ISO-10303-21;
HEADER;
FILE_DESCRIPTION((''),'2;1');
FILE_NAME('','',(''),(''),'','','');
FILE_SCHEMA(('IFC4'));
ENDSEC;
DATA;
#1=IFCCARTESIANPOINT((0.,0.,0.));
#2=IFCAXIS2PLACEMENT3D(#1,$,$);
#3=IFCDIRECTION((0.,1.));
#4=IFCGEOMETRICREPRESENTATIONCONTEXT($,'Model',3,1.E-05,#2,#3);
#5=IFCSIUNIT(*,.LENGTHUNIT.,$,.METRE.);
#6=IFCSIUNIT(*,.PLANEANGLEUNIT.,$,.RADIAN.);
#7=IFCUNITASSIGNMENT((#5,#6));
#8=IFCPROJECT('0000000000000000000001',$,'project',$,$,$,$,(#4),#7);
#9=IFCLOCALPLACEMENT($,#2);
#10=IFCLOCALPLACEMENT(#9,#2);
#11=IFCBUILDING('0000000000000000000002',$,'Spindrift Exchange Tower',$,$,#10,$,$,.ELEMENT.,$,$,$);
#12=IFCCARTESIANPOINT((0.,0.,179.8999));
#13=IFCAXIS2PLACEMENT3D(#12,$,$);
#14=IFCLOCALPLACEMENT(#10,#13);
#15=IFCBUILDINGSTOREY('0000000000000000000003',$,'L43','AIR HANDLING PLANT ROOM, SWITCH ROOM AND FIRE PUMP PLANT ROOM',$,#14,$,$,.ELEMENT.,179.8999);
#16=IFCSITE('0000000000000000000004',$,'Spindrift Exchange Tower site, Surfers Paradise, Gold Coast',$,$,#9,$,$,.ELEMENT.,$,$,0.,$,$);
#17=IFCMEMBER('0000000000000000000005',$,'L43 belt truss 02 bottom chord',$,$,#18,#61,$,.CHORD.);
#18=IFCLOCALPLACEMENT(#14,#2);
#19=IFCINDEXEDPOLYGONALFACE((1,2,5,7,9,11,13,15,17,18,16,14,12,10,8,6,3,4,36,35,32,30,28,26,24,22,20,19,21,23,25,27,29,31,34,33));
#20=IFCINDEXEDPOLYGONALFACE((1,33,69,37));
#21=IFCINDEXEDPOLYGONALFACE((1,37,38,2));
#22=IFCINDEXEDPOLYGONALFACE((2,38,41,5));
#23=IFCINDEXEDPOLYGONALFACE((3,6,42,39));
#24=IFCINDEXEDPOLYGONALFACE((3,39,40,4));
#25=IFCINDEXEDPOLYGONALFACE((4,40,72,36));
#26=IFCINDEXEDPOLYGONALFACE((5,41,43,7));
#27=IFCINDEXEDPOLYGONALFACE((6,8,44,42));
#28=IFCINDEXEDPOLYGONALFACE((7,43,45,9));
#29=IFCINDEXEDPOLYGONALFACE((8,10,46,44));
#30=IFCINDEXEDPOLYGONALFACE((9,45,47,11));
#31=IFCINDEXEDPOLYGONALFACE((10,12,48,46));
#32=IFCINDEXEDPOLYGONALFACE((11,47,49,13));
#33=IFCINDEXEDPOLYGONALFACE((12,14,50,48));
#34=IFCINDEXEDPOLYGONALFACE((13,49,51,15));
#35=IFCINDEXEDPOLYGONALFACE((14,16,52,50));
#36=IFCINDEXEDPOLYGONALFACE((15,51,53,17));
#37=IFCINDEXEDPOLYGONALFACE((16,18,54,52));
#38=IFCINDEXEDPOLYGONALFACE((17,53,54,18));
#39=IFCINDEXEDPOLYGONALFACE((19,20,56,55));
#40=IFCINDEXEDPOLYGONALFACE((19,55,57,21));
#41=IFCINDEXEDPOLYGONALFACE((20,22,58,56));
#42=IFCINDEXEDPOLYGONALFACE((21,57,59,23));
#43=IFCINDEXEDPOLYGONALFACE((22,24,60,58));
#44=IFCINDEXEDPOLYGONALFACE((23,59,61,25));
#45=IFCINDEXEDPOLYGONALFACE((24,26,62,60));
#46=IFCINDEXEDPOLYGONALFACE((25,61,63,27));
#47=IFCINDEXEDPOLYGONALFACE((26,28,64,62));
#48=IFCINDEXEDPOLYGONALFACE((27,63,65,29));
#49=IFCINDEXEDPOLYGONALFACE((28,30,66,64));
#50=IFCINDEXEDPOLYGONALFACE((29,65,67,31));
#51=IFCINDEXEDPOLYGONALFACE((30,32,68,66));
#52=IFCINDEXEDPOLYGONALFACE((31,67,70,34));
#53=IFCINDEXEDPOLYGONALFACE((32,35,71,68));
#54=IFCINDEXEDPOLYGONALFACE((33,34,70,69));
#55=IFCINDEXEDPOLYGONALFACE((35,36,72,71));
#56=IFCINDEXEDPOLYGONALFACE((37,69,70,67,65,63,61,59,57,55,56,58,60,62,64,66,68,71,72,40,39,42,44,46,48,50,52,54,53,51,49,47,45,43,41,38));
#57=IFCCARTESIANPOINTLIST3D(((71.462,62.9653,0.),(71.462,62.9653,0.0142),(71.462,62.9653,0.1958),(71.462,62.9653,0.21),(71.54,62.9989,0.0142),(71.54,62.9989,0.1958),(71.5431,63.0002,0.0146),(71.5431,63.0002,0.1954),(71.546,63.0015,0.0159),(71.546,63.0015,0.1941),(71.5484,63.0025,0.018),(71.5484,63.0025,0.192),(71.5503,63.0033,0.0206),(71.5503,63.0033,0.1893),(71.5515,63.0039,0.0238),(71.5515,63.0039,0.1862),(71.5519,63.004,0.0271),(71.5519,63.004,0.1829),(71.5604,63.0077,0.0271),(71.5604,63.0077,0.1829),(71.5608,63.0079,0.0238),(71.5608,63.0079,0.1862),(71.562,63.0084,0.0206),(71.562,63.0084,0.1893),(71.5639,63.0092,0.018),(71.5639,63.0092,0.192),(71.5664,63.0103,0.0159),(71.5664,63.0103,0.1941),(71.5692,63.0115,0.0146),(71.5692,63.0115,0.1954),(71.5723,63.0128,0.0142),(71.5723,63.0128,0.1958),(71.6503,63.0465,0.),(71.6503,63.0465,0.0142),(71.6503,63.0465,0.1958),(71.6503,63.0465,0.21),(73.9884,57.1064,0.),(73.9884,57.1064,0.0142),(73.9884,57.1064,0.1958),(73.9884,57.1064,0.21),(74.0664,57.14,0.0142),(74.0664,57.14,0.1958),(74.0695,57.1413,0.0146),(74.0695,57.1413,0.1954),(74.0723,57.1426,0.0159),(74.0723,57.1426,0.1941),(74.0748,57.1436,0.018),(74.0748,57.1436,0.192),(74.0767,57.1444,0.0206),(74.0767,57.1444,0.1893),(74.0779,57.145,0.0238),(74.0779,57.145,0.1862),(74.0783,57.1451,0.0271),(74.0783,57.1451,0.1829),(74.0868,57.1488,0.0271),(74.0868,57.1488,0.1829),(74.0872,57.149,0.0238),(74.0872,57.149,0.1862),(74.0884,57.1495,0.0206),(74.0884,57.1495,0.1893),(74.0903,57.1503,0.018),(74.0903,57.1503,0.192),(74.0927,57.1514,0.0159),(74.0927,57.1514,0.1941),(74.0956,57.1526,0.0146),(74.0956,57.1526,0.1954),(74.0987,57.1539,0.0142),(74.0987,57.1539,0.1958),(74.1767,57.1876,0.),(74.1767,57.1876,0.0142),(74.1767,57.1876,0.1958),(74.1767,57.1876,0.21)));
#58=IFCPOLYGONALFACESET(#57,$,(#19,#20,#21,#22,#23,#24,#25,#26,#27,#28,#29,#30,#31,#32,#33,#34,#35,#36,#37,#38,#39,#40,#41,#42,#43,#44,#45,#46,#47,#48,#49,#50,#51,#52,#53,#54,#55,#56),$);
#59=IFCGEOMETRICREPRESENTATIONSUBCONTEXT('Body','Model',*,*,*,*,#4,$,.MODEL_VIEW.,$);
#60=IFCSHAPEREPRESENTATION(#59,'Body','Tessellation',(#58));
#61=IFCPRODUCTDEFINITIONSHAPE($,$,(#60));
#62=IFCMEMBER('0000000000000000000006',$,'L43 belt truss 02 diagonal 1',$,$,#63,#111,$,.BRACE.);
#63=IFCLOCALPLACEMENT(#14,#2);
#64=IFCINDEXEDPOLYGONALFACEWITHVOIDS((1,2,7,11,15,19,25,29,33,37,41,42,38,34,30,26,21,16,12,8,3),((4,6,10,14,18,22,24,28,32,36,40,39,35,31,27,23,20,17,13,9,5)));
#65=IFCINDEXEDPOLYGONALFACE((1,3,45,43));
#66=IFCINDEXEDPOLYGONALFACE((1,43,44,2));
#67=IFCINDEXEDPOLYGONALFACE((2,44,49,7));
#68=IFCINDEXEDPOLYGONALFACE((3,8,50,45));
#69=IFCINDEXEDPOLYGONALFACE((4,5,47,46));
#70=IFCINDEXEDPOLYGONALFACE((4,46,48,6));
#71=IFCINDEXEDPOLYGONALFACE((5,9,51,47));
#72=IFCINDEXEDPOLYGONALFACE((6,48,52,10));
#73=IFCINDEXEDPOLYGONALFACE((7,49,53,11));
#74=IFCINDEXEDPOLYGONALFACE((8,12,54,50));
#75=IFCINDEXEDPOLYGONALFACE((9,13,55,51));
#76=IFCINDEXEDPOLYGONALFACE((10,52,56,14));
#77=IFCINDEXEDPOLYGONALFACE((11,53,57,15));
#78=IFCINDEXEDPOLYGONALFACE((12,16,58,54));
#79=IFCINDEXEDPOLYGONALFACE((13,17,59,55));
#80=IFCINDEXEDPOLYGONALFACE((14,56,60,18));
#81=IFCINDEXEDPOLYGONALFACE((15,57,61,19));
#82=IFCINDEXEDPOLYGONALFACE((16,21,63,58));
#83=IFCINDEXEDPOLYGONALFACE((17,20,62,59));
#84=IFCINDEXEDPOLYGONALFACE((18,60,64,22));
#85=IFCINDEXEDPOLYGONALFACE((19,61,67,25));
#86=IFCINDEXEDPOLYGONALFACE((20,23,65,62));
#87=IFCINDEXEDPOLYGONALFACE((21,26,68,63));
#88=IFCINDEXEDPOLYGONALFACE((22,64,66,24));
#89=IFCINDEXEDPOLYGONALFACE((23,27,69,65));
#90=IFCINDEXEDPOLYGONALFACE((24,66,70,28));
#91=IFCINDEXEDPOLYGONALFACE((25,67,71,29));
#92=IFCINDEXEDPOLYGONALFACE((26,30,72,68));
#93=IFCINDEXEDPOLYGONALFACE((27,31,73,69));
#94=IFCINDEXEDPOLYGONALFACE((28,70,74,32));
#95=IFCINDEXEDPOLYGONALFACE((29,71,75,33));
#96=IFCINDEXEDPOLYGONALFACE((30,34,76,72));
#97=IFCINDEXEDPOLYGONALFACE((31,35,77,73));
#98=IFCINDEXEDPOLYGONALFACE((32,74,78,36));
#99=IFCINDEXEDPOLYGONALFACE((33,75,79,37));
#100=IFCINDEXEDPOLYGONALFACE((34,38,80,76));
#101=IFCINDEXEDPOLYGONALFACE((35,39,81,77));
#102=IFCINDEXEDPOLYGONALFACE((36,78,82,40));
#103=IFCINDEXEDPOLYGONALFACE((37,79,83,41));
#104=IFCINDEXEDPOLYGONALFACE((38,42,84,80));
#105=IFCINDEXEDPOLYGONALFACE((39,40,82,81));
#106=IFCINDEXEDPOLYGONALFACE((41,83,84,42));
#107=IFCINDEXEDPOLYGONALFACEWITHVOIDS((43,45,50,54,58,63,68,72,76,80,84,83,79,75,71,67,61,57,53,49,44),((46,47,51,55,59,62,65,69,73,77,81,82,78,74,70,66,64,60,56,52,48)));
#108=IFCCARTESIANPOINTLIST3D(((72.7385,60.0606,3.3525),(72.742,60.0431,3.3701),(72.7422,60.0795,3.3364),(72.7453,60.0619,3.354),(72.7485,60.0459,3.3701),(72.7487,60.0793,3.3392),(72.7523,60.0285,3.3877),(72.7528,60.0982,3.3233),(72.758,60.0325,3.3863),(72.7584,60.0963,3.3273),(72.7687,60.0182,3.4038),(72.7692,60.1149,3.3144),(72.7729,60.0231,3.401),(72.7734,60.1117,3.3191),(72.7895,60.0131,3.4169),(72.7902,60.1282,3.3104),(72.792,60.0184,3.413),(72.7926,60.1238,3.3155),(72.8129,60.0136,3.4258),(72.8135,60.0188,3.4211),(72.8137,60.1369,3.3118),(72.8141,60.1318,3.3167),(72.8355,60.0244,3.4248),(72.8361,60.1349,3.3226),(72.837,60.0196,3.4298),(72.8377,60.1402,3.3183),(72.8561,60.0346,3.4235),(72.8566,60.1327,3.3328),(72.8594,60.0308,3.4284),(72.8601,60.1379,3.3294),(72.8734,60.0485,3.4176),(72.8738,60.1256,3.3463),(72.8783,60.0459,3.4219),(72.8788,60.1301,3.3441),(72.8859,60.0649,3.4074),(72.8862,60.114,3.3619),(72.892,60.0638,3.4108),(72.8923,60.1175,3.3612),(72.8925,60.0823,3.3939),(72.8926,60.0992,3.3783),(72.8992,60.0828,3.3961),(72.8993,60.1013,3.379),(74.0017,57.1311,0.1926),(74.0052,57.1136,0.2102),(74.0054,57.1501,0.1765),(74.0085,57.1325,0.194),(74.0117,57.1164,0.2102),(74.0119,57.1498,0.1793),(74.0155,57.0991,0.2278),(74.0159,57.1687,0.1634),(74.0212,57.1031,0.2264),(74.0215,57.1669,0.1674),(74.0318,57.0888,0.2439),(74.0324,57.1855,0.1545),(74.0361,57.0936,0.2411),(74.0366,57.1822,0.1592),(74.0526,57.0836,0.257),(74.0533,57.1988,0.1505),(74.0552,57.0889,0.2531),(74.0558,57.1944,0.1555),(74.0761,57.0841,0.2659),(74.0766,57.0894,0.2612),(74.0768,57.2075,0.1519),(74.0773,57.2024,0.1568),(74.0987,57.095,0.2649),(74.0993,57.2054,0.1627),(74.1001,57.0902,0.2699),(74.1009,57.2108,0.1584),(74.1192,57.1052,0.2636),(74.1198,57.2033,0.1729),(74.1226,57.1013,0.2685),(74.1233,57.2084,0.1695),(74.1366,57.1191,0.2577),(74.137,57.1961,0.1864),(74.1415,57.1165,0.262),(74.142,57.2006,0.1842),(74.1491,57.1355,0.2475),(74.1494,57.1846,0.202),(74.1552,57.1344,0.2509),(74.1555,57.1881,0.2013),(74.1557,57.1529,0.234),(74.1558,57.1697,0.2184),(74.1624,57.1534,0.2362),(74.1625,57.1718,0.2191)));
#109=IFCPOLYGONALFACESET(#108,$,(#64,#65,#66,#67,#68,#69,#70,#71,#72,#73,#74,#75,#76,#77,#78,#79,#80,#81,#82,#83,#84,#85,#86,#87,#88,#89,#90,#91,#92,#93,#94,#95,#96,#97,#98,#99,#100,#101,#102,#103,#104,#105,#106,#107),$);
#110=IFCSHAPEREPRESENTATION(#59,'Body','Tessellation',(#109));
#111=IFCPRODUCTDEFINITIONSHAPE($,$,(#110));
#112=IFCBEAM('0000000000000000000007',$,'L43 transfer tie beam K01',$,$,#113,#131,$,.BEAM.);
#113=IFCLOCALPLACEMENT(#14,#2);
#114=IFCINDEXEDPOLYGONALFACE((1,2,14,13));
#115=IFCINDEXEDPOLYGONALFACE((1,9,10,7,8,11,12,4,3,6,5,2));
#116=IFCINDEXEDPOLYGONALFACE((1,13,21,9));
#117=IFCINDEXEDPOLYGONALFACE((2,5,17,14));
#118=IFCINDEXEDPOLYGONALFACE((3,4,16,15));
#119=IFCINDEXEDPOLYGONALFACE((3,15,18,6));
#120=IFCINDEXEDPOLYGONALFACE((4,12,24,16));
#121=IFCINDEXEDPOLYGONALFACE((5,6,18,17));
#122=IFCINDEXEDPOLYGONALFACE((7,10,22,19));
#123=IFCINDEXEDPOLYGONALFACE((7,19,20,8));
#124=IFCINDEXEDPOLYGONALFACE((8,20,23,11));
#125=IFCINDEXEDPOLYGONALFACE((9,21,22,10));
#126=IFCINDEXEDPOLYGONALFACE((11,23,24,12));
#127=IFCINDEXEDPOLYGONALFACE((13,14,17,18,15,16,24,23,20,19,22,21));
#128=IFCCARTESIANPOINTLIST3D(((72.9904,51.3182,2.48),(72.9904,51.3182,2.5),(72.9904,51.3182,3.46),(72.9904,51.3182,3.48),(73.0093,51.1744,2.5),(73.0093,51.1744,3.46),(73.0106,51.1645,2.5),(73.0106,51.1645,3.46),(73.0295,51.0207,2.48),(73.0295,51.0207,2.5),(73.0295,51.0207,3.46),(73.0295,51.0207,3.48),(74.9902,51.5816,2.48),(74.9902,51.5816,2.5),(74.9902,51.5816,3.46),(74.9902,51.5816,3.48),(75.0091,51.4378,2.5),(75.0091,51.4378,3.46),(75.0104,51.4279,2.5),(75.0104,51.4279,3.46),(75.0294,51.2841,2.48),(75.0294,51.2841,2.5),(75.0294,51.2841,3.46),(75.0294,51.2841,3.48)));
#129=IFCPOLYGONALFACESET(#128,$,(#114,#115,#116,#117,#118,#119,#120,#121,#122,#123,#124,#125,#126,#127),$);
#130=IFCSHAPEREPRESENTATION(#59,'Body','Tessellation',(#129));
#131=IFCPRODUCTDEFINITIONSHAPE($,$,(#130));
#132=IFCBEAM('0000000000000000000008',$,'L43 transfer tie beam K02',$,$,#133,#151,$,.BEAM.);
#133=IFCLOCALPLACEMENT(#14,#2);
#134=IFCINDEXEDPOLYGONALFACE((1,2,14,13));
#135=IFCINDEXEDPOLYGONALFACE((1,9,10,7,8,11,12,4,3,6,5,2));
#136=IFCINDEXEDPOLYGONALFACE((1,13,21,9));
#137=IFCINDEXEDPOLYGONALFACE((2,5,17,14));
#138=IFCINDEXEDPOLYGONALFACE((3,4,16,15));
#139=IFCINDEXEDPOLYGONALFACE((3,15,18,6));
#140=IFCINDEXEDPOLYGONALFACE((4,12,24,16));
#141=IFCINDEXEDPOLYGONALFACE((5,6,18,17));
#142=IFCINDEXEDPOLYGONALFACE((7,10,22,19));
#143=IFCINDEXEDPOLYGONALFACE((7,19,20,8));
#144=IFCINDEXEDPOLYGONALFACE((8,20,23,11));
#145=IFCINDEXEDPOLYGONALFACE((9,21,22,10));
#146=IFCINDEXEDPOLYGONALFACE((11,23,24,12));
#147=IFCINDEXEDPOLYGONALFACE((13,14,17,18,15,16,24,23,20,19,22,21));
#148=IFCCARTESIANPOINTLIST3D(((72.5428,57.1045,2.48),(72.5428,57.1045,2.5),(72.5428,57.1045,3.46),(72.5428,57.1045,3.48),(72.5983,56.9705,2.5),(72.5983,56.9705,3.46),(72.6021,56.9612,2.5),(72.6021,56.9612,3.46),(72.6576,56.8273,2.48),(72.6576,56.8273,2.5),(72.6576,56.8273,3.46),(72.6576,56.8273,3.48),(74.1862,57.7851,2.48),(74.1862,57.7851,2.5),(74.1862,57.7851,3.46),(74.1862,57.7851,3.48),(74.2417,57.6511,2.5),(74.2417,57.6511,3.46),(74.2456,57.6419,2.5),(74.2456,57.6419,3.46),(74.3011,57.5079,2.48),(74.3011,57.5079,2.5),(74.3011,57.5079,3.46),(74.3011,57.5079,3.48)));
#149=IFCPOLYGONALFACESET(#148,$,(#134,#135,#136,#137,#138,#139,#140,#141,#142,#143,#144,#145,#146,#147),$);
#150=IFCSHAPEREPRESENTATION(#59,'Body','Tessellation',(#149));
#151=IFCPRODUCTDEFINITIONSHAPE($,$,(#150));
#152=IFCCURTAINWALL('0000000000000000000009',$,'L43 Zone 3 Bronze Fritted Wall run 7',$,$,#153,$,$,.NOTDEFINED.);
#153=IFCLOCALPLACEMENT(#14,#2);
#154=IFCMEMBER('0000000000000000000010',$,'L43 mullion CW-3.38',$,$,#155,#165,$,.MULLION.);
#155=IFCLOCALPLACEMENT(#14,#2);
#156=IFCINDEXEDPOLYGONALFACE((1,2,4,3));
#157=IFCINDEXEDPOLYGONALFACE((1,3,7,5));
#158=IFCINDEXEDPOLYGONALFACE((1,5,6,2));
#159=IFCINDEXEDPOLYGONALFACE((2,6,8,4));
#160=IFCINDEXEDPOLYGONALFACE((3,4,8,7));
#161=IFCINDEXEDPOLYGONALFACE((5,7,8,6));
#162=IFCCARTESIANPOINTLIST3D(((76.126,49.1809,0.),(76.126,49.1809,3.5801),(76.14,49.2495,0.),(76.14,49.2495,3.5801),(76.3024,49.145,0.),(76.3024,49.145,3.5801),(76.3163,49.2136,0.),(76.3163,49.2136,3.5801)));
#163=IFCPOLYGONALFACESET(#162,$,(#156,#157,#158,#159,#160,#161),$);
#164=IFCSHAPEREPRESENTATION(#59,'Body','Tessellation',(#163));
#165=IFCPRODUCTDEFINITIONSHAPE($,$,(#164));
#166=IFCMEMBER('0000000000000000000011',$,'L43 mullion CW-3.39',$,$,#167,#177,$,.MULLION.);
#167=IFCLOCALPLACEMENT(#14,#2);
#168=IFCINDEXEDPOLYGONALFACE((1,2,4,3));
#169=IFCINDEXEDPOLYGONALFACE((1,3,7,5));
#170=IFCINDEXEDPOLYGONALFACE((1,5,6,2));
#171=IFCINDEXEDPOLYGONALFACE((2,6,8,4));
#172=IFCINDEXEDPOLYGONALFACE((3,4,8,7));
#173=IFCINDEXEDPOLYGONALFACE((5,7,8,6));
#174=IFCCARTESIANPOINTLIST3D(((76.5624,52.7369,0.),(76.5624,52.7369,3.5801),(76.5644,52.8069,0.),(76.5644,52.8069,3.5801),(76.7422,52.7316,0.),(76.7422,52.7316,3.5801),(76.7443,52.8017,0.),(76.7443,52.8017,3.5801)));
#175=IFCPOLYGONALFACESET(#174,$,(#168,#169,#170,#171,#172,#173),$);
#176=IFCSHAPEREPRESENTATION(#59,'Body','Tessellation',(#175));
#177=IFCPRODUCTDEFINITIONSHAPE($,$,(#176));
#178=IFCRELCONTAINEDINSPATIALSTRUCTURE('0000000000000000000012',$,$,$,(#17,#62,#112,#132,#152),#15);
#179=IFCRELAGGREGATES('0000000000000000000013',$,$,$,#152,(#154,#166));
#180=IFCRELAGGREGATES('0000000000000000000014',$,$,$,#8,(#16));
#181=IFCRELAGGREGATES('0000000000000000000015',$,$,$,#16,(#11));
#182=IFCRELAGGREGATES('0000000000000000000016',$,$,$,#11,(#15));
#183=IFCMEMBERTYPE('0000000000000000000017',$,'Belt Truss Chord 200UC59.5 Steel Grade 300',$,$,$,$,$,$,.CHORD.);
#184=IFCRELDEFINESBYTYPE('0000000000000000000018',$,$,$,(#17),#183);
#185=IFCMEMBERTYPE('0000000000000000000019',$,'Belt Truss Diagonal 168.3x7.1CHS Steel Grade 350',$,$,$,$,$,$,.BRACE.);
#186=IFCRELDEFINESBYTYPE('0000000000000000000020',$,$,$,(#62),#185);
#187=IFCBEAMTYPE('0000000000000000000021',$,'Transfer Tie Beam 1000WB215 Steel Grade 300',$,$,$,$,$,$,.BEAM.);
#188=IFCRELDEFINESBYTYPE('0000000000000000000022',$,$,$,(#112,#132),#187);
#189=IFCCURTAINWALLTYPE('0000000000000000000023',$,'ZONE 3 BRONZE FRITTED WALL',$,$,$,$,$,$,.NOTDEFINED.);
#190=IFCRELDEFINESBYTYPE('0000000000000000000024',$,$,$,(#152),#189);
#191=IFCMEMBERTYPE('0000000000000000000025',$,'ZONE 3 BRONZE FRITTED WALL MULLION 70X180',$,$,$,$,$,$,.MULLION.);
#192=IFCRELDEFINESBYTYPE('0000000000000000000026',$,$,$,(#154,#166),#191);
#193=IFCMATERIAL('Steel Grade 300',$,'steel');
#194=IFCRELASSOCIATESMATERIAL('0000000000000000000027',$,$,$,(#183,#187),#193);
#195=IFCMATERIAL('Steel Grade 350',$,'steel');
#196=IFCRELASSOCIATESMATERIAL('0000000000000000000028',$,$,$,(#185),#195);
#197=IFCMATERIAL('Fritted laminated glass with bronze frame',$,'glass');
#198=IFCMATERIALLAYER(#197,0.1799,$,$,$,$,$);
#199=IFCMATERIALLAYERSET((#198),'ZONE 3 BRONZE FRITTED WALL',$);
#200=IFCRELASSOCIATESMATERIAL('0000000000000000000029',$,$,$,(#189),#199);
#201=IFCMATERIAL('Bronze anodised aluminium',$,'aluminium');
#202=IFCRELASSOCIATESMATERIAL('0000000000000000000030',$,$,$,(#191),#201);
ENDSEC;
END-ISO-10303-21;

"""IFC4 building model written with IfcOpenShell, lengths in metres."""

from ifc_helpers import new_model, si_unit, direction, frame, origin, origin_2d, place, context, subcontext, project, spatial, rectangle, hollow_circle, i_section, extrude, source, transform, mapped, material, layer, layer_set, material_profile, profile_set, type_object, element, aggregate, save


model = new_model("IFC4")

# Units and contexts
model_context = context("Model", 3, precision=1e-05, world=origin(), true_north=direction((0.0, 1.0)))
body_context = subcontext(model_context, "Body", "Model", "MODEL_VIEW")
ifc_project = project(units=[si_unit("LENGTHUNIT", "METRE"), si_unit("PLANEANGLEUNIT", "RADIAN")], contexts=[model_context])

# Site, building, storey
site_placement = place(None, origin())
site = spatial("IfcSite", under=ifc_project, at=site_placement, Name="Spindrift Exchange Tower site, Surfers Paradise, Gold Coast", CompositionType="ELEMENT", RefElevation=0.0)
building_placement = place(site_placement, origin())
building = spatial("IfcBuilding", under=site, at=building_placement, Name="Spindrift Exchange Tower", CompositionType="ELEMENT")
storey_placement = place(building_placement, frame((0.0, 0.0, 179.8999)))
storey = spatial("IfcBuildingStorey", under=building, at=storey_placement, Name="L43", Description="AIR HANDLING PLANT ROOM, SWITCH ROOM AND FIRE PUMP PLANT ROOM", CompositionType="ELEMENT", Elevation=179.8999)

# Shared definitions
ifc_material_1 = material(Name="Steel Grade 300", Category="steel")

# Members
ifc_material_profile_1 = material_profile(ifc_material_1, i_section(OverallWidth=0.2051, OverallDepth=0.21, WebThickness=0.0093, FlangeThickness=0.0142, FilletRadius=0.0129, at=origin_2d()), Name="200UC59.5")
ifc_profile_set_1 = profile_set([ifc_material_profile_1], Name="Steel Grade 300")
member_type_1 = type_object("IfcMemberType", Name="Belt Truss Chord 200UC59.5 Steel Grade 300", PredefinedType="CHORD", material=ifc_profile_set_1)
ifc_material_2 = material(Name="Steel Grade 350", Category="steel")
ifc_material_profile_2 = material_profile(ifc_material_2, hollow_circle(Radius=0.0842, WallThickness=0.0071, at=origin_2d()), Name="168.3x7.1CHS")
ifc_profile_set_2 = profile_set([ifc_material_profile_2], Name="Steel Grade 350")
member_type_2 = type_object("IfcMemberType", Name="Belt Truss Diagonal 168.3x7.1CHS Steel Grade 350", PredefinedType="BRACE", material=ifc_profile_set_2)
shared_shape_1 = source(origin(), body_context, "Body", "SweptSolid", [
    extrude(i_section(OverallWidth=0.2051, OverallDepth=0.21, WebThickness=0.0093, FlangeThickness=0.0142, FilletRadius=0.0129, at=origin_2d()), origin(), (0.0, 0.0, 1.0), 6.3804),
])
for number, where, z_axis, x_axis, name in (
    (1, (74.0825, 57.147, 0.105), (-0.39596, 0.918268, 0.0), (-0.918268, -0.39596, 0.0), "L43 belt truss 02 bottom chord"),
):
    element("IfcMember", number, at=place(storey_placement, frame(where, z_axis=z_axis, x_axis=x_axis)), inside=storey, type_object=member_type_1, Name=name, PredefinedType="CHORD", context=body_context, shape_type="MappedRepresentation", body=[
        mapped(shared_shape_1, transform((0.0, 0.0, 0.0), scale=1.0)),
    ])
shared_shape_2 = source(origin(), body_context, "Body", "SweptSolid", [
    extrude(hollow_circle(Radius=0.0842, WallThickness=0.0071, at=origin_2d()), origin(), (0.0, 0.0, 1.0), 4.4902),
])
member_1_placement = place(storey_placement, frame((74.0825, 57.147, 0.2102), z_axis=(-0.281317, 0.652401, 0.703728), x_axis=(-0.918268, -0.39596, 0.0)))
element("IfcMember", 2, at=member_1_placement, inside=storey, type_object=member_type_2, Name="L43 belt truss 02 diagonal 1", PredefinedType="BRACE", context=body_context, shape_type="MappedRepresentation", body=[
    mapped(shared_shape_2, transform((0.0, 0.0, 0.0), scale=1.0)),
])

# Beams
ifc_material_profile_3 = material_profile(ifc_material_1, i_section(OverallWidth=0.3, OverallDepth=1.0, WebThickness=0.01, FlangeThickness=0.02, at=origin_2d()), Name="1000WB215")
ifc_profile_set_3 = profile_set([ifc_material_profile_3], Name="Steel Grade 300")
beam_type_1 = type_object("IfcBeamType", Name="Transfer Tie Beam 1000WB215 Steel Grade 300", PredefinedType="BEAM", material=ifc_profile_set_3)
shared_shape_3 = source(origin(), body_context, "Body", "SweptSolid", [
    extrude(i_section(OverallWidth=0.3, OverallDepth=1.0, WebThickness=0.01, FlangeThickness=0.02, at=origin_2d()), origin(), (0.0, 0.0, 1.0), 2.0171),
])
beam_1_placement = place(storey_placement, frame((75.0098, 51.4329, 2.98), z_axis=(-0.991435, -0.130602, 0.0), x_axis=(0.130602, -0.991435, 0.0)))
element("IfcBeam", 3, at=beam_1_placement, inside=storey, type_object=beam_type_1, Name="L43 transfer tie beam K01", PredefinedType="BEAM", context=body_context, shape_type="MappedRepresentation", body=[
    mapped(shared_shape_3, transform((0.0, 0.0, 0.0), scale=1.0)),
])
shared_shape_4 = source(origin(), body_context, "Body", "SweptSolid", [
    extrude(i_section(OverallWidth=0.3, OverallDepth=1.0, WebThickness=0.01, FlangeThickness=0.02, at=origin_2d()), origin(), (0.0, 0.0, 1.0), 1.7788),
])
beam_2_placement = place(storey_placement, frame((74.2437, 57.6465, 2.98), z_axis=(-0.923903, -0.382627, 0.0), x_axis=(0.382627, -0.923903, 0.0)))
element("IfcBeam", 4, at=beam_2_placement, inside=storey, type_object=beam_type_1, Name="L43 transfer tie beam K02", PredefinedType="BEAM", context=body_context, shape_type="MappedRepresentation", body=[
    mapped(shared_shape_4, transform((0.0, 0.0, 0.0), scale=1.0)),
])

# Curtain wall, members
ifc_material_3 = material(Name="Fritted laminated glass with bronze frame", Category="glass")
ifc_layer_1 = layer(ifc_material_3, 0.1799)
ifc_layer_set_1 = layer_set([ifc_layer_1], Name="ZONE 3 BRONZE FRITTED WALL")
curtain_wall_type = type_object("IfcCurtainWallType", Name="ZONE 3 BRONZE FRITTED WALL", PredefinedType="NOTDEFINED", material=ifc_layer_set_1)
curtain_wall_placement = place(storey_placement, origin())
curtain_wall = element("IfcCurtainWall", 5, at=curtain_wall_placement, inside=storey, type_object=curtain_wall_type, Name="L43 Zone 3 Bronze Fritted Wall run 7", PredefinedType="NOTDEFINED")
ifc_material_4 = material(Name="Bronze anodised aluminium", Category="aluminium")
ifc_material_profile_4 = material_profile(ifc_material_4, rectangle(XDim=0.0701, YDim=0.1799, at=origin_2d()), Name="ZONE 3 BRONZE FRITTED WALL MULLION 70X180")
ifc_profile_set_4 = profile_set([ifc_material_profile_4], Name="Bronze anodised aluminium")
member_type_3 = type_object("IfcMemberType", Name="ZONE 3 BRONZE FRITTED WALL MULLION 70X180", PredefinedType="MULLION", material=ifc_profile_set_4)
shared_shape_5 = source(origin(), body_context, "Body", "SweptSolid", [
    extrude(rectangle(XDim=0.0701, YDim=0.1799, at=origin_2d()), origin(), (0.0, 0.0, 1.0), 3.5801),
])
member_2_placement = place(storey_placement, frame((76.2212, 49.1973, 0.0), z_axis=(0.0, 0.0, 1.0), x_axis=(0.199487, 0.979901, 0.0)))
member_2 = element("IfcMember", 6, at=member_2_placement, type_object=member_type_3, Name="L43 mullion CW-3.38", PredefinedType="MULLION", context=body_context, shape_type="MappedRepresentation", body=[
    mapped(shared_shape_5, transform((0.0, 0.0, 0.0), scale=1.0)),
])
member_3_placement = place(storey_placement, frame((76.6533, 52.7693, 0.0), z_axis=(0.0, 0.0, 1.0), x_axis=(0.029195, 0.999574, 0.0)))
member_3 = element("IfcMember", 7, at=member_3_placement, type_object=member_type_3, Name="L43 mullion CW-3.39", PredefinedType="MULLION", context=body_context, shape_type="MappedRepresentation", body=[
    mapped(shared_shape_5, transform((0.0, 0.0, 0.0), scale=1.0)),
])
aggregate(curtain_wall, [member_2, member_3])

save(model, "model.ifc")
